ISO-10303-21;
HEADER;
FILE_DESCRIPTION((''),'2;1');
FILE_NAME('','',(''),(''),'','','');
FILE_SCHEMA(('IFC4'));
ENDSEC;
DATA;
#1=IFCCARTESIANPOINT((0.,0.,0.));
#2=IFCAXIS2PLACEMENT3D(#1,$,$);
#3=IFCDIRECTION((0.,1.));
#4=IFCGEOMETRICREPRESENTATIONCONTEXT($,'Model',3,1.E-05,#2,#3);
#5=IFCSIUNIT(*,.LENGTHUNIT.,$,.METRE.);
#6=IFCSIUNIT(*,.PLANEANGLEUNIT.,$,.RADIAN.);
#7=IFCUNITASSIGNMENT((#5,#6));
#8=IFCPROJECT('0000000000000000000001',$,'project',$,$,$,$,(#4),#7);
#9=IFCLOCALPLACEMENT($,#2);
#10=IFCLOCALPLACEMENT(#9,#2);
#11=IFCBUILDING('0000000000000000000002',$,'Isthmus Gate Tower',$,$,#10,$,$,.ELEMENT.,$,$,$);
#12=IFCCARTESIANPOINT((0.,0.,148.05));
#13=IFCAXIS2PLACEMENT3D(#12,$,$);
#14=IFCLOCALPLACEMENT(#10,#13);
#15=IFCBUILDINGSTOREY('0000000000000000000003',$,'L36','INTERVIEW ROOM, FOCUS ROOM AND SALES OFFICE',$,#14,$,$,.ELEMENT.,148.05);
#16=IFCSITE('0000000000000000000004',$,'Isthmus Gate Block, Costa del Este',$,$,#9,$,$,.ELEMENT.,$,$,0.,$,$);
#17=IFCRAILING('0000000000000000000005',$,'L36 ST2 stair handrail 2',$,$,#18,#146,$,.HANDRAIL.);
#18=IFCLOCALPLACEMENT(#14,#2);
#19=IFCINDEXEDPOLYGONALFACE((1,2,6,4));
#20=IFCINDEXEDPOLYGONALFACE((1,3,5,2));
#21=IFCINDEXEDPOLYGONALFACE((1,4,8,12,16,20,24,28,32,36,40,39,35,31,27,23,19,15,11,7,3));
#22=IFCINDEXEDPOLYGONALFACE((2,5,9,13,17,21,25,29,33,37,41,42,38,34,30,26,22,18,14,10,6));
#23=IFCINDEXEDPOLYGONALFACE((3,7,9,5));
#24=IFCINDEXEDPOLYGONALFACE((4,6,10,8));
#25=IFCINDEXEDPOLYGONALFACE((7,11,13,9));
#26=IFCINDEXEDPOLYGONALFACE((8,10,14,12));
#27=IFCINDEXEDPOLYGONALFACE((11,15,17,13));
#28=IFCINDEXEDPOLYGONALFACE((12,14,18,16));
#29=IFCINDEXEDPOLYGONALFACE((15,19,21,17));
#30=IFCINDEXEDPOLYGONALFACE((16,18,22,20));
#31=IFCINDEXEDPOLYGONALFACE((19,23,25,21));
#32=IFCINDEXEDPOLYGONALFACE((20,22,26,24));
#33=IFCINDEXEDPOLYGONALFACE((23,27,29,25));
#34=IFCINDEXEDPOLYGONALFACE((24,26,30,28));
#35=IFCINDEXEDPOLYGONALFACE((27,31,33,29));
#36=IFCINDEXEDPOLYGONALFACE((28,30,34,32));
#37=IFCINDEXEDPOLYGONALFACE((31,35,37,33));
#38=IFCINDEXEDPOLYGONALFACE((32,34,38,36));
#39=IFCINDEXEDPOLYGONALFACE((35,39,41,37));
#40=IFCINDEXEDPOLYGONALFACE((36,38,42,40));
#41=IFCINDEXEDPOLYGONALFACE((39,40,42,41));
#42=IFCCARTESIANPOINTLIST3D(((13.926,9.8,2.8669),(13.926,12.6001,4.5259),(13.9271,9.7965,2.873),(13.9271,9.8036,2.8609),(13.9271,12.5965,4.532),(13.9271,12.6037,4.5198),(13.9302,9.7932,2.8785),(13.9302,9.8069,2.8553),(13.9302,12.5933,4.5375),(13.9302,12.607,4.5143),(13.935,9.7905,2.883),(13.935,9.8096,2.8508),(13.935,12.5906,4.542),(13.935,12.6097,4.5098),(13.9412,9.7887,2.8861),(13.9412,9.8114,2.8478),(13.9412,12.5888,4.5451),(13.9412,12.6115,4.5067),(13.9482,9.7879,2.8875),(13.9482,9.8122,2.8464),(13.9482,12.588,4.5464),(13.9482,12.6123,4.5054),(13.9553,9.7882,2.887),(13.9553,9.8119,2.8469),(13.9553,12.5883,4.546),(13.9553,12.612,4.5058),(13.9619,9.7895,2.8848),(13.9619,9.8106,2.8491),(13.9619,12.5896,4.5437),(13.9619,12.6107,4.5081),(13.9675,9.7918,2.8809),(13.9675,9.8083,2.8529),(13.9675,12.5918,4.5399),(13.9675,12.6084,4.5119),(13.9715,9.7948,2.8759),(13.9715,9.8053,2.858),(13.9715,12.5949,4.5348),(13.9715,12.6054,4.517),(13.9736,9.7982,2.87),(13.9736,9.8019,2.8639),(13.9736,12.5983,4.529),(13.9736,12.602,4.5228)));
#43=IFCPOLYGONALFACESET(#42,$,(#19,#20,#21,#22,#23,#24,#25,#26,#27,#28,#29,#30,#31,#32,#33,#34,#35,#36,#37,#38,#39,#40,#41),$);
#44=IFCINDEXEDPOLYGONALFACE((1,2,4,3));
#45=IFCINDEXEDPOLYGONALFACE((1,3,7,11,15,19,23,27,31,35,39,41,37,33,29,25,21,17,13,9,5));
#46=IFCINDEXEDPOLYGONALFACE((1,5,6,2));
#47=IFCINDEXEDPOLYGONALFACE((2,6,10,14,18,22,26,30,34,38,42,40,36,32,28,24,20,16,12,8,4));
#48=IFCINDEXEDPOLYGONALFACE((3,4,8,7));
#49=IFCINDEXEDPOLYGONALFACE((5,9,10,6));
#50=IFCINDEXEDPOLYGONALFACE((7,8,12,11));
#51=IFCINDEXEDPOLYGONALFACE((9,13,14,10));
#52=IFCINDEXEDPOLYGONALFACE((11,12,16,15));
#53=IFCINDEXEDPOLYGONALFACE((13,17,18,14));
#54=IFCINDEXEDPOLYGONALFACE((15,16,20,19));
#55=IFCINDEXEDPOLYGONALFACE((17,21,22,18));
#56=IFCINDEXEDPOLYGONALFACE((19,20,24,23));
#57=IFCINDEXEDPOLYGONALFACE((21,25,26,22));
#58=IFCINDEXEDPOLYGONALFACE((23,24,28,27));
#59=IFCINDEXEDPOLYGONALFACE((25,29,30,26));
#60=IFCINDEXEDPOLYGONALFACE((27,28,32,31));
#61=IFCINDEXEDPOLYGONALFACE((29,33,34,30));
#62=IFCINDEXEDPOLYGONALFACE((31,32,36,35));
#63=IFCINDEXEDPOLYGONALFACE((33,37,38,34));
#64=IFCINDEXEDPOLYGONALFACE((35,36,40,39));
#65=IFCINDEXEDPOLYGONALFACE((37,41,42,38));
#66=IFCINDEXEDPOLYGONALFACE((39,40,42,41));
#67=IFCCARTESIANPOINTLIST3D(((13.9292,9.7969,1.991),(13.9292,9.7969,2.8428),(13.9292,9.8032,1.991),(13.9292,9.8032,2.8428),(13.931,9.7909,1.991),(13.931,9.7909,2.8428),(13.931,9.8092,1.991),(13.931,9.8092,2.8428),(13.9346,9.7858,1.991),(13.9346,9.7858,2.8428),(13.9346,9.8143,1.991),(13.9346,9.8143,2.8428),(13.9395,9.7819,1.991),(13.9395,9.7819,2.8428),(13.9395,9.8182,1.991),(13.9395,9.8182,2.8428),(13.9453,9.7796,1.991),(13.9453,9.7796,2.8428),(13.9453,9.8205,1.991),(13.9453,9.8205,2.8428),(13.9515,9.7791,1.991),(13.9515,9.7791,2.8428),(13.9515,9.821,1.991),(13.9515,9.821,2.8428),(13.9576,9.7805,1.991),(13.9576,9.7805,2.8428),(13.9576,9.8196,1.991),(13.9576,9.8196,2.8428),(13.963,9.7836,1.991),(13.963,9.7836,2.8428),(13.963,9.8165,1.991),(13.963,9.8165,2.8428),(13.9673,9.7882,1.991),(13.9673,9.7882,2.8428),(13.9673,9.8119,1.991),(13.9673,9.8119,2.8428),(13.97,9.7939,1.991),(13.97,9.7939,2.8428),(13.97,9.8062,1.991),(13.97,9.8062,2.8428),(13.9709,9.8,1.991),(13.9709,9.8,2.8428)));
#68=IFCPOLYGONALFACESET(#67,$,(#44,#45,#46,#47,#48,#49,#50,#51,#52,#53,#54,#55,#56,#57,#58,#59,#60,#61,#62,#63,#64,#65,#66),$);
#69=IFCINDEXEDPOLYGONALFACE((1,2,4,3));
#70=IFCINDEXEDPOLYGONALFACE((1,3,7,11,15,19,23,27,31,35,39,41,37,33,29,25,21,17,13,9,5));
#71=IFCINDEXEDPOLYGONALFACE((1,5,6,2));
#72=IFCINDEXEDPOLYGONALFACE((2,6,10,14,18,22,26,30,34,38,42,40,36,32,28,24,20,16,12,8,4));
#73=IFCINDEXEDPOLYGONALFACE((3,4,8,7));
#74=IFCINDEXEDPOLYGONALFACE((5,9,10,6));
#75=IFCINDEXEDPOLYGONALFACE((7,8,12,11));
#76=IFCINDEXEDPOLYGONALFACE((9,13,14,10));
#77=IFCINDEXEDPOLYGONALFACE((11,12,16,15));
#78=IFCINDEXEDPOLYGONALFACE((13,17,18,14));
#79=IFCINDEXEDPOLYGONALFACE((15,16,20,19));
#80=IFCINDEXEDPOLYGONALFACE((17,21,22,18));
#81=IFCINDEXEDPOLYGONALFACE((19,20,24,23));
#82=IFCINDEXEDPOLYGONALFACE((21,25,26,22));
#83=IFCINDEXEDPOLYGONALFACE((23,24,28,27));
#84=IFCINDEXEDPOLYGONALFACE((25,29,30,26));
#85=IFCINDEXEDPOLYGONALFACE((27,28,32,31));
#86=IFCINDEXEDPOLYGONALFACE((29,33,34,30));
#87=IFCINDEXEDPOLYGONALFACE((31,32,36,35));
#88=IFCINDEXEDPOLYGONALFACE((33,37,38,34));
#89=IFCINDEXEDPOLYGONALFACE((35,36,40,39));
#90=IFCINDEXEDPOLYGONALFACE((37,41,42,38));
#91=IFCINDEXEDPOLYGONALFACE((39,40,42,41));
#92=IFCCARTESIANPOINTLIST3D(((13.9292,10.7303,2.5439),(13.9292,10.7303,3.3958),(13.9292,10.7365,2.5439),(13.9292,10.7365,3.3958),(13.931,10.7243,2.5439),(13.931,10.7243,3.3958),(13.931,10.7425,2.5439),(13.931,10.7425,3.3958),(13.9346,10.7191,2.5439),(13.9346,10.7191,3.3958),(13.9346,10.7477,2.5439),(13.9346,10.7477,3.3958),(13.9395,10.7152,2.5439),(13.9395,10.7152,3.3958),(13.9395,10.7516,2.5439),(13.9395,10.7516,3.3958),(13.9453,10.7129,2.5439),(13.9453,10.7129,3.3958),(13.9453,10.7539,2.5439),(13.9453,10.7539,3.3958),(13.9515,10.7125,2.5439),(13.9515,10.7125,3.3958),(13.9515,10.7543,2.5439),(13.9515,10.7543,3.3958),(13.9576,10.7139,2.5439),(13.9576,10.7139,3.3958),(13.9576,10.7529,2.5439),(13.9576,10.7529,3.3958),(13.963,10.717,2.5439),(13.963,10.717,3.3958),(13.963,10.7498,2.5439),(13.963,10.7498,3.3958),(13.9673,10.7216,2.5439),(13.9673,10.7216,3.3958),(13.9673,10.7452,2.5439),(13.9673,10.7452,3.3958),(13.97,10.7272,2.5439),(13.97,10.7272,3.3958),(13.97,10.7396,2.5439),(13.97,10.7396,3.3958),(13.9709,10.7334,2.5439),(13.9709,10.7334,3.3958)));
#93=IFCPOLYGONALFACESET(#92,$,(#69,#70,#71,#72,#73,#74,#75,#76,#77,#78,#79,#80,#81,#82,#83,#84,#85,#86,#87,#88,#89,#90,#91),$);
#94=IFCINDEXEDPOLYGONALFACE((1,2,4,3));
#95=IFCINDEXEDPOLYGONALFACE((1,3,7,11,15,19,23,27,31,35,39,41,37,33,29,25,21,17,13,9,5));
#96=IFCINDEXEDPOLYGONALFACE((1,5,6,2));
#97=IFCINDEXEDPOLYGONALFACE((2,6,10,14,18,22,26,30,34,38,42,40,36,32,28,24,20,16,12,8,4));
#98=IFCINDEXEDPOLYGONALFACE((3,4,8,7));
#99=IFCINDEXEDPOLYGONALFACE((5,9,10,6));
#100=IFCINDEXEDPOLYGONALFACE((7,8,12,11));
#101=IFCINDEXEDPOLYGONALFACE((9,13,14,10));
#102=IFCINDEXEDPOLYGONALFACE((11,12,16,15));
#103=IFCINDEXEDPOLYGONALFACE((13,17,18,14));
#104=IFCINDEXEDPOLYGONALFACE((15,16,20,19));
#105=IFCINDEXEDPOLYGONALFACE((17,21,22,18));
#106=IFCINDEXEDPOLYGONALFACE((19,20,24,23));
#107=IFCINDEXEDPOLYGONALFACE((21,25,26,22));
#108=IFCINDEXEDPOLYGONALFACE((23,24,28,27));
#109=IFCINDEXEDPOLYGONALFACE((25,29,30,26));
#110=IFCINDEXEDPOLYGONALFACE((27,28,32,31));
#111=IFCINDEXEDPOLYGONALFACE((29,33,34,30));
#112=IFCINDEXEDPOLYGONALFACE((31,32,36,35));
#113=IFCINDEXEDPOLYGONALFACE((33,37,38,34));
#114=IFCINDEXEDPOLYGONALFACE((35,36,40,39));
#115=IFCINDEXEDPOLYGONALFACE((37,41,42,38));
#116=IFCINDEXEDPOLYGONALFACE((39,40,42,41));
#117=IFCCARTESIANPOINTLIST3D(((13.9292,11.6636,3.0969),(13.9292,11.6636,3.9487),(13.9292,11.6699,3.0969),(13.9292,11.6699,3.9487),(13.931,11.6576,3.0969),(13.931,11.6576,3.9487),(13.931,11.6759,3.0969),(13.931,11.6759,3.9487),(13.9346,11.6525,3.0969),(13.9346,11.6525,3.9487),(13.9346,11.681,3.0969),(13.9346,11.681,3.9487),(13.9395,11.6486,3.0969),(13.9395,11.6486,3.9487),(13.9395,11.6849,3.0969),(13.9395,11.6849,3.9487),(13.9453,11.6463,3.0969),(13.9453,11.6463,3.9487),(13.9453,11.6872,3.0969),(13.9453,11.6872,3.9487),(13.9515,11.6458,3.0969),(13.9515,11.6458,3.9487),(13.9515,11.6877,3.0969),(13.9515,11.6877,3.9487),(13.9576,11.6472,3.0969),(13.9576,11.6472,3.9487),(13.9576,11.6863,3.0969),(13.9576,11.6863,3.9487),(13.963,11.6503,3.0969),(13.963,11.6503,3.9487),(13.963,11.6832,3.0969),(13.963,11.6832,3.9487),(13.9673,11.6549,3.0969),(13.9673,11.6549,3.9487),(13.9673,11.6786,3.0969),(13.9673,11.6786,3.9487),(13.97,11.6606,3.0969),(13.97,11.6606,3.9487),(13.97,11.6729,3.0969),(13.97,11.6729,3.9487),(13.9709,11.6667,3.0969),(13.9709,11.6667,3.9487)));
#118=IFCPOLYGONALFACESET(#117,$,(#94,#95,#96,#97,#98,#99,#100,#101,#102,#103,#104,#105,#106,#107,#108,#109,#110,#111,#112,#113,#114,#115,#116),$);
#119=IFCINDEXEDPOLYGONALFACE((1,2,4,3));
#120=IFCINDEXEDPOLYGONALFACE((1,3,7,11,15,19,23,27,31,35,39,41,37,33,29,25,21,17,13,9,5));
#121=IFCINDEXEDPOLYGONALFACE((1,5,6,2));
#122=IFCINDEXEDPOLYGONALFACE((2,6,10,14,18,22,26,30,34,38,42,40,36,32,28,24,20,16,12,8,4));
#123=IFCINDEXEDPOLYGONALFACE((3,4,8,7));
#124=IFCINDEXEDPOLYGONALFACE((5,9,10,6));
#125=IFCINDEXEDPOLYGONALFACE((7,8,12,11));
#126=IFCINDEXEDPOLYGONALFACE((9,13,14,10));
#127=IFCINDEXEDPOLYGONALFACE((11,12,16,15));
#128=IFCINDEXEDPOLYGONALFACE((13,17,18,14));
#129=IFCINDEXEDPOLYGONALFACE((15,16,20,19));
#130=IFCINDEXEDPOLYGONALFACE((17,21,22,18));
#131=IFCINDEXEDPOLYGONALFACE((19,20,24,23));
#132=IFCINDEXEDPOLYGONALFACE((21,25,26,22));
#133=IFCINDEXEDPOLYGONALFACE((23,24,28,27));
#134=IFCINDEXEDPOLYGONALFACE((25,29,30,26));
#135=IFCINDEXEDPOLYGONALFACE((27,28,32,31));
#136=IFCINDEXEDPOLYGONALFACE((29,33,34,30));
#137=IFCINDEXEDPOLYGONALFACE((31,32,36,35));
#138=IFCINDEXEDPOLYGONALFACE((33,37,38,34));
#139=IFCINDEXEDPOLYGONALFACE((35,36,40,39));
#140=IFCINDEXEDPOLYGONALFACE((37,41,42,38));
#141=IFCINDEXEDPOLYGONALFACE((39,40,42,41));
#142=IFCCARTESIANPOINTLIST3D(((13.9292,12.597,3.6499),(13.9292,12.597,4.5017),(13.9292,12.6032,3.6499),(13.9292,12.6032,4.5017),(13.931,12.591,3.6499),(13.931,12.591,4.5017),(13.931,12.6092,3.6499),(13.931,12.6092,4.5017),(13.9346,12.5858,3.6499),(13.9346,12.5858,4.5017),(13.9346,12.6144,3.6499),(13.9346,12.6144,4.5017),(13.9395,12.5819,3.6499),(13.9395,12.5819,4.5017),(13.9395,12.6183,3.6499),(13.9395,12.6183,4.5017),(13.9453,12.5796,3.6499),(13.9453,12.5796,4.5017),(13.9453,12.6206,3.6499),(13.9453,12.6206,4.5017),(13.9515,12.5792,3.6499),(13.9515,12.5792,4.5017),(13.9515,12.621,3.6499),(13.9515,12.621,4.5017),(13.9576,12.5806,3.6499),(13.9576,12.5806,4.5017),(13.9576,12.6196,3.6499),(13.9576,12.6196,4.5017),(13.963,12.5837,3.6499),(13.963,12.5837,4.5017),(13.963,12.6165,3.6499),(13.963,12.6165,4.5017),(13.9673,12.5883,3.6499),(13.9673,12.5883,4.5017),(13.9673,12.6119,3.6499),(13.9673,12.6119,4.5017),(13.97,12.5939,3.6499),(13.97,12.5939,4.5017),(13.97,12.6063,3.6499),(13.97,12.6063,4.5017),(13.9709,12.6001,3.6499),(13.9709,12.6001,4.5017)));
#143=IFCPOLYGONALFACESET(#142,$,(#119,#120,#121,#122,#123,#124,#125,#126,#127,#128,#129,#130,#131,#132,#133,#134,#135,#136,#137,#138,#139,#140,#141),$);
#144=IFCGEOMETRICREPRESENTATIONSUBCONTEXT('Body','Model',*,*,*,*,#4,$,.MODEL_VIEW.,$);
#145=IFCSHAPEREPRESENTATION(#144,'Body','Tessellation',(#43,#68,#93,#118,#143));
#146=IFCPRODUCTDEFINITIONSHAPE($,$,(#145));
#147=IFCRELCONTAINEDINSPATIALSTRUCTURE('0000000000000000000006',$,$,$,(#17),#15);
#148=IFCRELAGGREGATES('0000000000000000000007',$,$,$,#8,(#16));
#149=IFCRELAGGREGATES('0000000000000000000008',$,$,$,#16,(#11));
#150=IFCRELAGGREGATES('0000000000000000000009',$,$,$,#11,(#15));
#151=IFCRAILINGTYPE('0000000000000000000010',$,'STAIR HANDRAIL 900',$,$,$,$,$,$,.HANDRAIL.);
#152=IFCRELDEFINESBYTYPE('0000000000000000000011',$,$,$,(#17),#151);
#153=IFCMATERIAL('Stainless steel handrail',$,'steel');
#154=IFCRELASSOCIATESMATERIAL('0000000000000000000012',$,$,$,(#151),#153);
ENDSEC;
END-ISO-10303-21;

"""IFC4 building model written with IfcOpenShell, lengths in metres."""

from ifc_helpers import new_model, si_unit, direction, frame, origin, origin_2d, place, context, subcontext, project, spatial, circle, extrude, material, type_object, element, save


model = new_model("IFC4")

# Units and contexts
model_context = context("Model", 3, precision=1e-05, world=origin(), true_north=direction((0.0, 1.0)))
body_context = subcontext(model_context, "Body", "Model", "MODEL_VIEW")
ifc_project = project(units=[si_unit("LENGTHUNIT", "METRE"), si_unit("PLANEANGLEUNIT", "RADIAN")], contexts=[model_context])

# Site, building, storey
site_placement = place(None, origin())
site = spatial("IfcSite", under=ifc_project, at=site_placement, Name="Isthmus Gate Block, Costa del Este", CompositionType="ELEMENT", RefElevation=0.0)
building_placement = place(site_placement, origin())
building = spatial("IfcBuilding", under=site, at=building_placement, Name="Isthmus Gate Tower", CompositionType="ELEMENT")
storey_placement = place(building_placement, frame((0.0, 0.0, 148.05)))
storey = spatial("IfcBuildingStorey", under=building, at=storey_placement, Name="L36", Description="INTERVIEW ROOM, FOCUS ROOM AND SALES OFFICE", CompositionType="ELEMENT", Elevation=148.05)

# Railing
ifc_material_1 = material(Name="Stainless steel handrail", Category="steel")
railing_type = type_object("IfcRailingType", Name="STAIR HANDRAIL 900", PredefinedType="HANDRAIL", material=ifc_material_1)
railing_placement = place(storey_placement, frame((13.95, 9.8, 1.991)))
element("IfcRailing", 1, at=railing_placement, inside=storey, type_object=railing_type, Name="L36 ST2 stair handrail 2", PredefinedType="HANDRAIL", context=body_context, shape_type="SweptSolid", body=[
    extrude(circle(Radius=0.0239, at=origin_2d()), frame((0.0, 0.0, 0.876), z_axis=(0.0, 0.860339, 0.509722), x_axis=(-1.0, 0.0, 0.0)), (0.0, 0.0, 1.0), 3.2546),
    extrude(circle(Radius=0.021, at=origin_2d()), origin(), (0.0, 0.0, 1.0), 0.8518),
    extrude(circle(Radius=0.021, at=origin_2d()), frame((0.0, 0.9333, 0.553)), (0.0, 0.0, 1.0), 0.8518),
    extrude(circle(Radius=0.021, at=origin_2d()), frame((0.0, 1.8667, 1.106)), (0.0, 0.0, 1.0), 0.8518),
    extrude(circle(Radius=0.021, at=origin_2d()), frame((0.0, 2.8, 1.6589)), (0.0, 0.0, 1.0), 0.8518),
])

save(model, "model.ifc")
